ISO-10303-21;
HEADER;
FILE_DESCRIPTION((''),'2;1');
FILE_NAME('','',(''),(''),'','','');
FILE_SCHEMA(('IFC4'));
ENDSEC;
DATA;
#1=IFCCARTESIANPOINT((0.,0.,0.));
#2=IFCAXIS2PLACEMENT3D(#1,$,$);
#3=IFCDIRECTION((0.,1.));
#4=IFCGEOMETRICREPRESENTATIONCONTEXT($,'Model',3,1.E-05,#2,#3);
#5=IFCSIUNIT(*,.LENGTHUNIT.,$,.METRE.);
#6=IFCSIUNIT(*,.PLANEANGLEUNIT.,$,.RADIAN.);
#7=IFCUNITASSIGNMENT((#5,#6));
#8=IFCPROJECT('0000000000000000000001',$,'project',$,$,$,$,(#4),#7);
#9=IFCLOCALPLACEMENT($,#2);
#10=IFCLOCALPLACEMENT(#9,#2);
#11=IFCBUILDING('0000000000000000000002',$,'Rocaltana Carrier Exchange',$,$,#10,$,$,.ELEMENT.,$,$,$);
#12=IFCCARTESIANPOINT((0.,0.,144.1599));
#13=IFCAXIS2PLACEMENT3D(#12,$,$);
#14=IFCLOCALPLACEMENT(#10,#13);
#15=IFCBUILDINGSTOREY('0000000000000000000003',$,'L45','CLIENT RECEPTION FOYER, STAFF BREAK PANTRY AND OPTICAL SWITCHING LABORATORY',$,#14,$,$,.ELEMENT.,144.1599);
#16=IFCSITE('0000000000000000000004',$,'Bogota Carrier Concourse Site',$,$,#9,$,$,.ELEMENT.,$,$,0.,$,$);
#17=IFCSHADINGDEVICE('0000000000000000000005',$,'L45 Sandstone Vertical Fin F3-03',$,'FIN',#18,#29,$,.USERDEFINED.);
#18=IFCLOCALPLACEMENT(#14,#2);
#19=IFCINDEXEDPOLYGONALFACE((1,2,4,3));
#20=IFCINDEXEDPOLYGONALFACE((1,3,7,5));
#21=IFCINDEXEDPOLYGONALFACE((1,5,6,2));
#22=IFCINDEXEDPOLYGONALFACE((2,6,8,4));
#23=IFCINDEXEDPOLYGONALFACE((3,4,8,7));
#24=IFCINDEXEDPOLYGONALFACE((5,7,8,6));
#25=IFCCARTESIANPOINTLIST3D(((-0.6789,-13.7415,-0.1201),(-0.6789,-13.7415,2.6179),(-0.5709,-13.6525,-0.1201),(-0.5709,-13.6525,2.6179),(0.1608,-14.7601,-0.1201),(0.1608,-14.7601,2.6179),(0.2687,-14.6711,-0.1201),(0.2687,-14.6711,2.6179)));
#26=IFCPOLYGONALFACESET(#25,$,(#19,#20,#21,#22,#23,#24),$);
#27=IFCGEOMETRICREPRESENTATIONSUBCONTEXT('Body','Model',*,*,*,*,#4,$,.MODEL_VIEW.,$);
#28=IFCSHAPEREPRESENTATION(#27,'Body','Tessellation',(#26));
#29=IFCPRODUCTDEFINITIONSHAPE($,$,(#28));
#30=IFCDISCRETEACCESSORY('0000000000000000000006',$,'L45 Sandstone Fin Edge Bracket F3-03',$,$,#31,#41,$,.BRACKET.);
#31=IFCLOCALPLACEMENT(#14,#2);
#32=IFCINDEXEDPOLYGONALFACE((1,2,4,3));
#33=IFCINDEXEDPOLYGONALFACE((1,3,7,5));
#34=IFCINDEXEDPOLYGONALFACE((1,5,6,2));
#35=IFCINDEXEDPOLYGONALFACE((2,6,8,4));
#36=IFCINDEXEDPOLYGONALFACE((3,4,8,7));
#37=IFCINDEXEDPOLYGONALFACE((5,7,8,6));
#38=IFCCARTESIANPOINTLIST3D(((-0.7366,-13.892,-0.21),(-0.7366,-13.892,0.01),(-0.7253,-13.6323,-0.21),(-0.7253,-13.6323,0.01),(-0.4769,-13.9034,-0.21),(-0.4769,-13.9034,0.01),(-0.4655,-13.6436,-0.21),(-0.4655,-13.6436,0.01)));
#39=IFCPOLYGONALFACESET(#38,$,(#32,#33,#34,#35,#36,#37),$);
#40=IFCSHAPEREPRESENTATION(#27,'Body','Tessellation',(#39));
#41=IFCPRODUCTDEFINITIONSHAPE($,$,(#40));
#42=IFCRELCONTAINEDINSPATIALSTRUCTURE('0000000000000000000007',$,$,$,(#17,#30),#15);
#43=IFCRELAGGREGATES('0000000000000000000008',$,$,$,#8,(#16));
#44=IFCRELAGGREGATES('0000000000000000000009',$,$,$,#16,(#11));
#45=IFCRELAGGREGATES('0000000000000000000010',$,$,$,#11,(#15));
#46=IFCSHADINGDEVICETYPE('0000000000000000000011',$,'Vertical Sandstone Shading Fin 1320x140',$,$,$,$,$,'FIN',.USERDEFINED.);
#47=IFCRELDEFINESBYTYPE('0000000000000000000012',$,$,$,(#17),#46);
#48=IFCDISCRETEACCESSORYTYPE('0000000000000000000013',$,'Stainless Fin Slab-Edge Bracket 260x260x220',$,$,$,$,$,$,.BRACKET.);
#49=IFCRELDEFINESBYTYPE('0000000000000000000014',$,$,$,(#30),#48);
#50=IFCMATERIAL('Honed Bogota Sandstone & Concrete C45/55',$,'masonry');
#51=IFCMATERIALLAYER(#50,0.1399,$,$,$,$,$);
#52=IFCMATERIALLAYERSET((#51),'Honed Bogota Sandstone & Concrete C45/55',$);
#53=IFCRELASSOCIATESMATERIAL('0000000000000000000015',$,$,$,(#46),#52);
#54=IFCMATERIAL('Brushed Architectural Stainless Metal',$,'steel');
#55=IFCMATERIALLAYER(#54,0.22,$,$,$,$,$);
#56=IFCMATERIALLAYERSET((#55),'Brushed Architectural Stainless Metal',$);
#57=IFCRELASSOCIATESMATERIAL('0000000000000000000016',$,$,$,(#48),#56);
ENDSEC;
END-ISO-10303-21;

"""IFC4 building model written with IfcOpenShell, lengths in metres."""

from ifc_helpers import new_model, si_unit, direction, frame, origin, origin_2d, place, context, subcontext, project, spatial, rectangle, extrude, material, layer, layer_set, type_object, element, save


model = new_model("IFC4")

# Units and contexts
model_context = context("Model", 3, precision=1e-05, world=origin(), true_north=direction((0.0, 1.0)))
body_context = subcontext(model_context, "Body", "Model", "MODEL_VIEW")
ifc_project = project(units=[si_unit("LENGTHUNIT", "METRE"), si_unit("PLANEANGLEUNIT", "RADIAN")], contexts=[model_context])

# Site, building, storey
site_placement = place(None, origin())
site = spatial("IfcSite", under=ifc_project, at=site_placement, Name="Bogota Carrier Concourse Site", CompositionType="ELEMENT", RefElevation=0.0)
building_placement = place(site_placement, origin())
building = spatial("IfcBuilding", under=site, at=building_placement, Name="Rocaltana Carrier Exchange", CompositionType="ELEMENT")
storey_placement = place(building_placement, frame((0.0, 0.0, 144.1599)))
storey = spatial("IfcBuildingStorey", under=building, at=storey_placement, Name="L45", Description="CLIENT RECEPTION FOYER, STAFF BREAK PANTRY AND OPTICAL SWITCHING LABORATORY", CompositionType="ELEMENT", Elevation=144.1599)

# Shading device
ifc_material_1 = material(Name="Honed Bogota Sandstone & Concrete C45/55", Category="masonry")
ifc_layer_1 = layer(ifc_material_1, 0.1399)
ifc_layer_set_1 = layer_set([ifc_layer_1], Name="Honed Bogota Sandstone & Concrete C45/55")
shading_device_type = type_object("IfcShadingDeviceType", Name="Vertical Sandstone Shading Fin 1320x140", ElementType="FIN", PredefinedType="USERDEFINED", material=ifc_layer_set_1)
shading_device_placement = place(storey_placement, frame((-0.2051, -14.2063, -0.1201), z_axis=(0.0, 0.0, 1.0), x_axis=(0.636078, -0.771625, 0.0)))
element("IfcShadingDevice", 1, at=shading_device_placement, inside=storey, type_object=shading_device_type, Name="L45 Sandstone Vertical Fin F3-03", ObjectType="FIN", PredefinedType="USERDEFINED", context=body_context, shape_type="SweptSolid", body=[
    extrude(rectangle(XDim=1.3201, YDim=0.1399, at=origin_2d()), origin(), (0.0, 0.0, 1.0), 2.738),
])

# Discrete accessory
ifc_material_2 = material(Name="Brushed Architectural Stainless Metal", Category="steel")
ifc_layer_2 = layer(ifc_material_2, 0.22)
ifc_layer_set_2 = layer_set([ifc_layer_2], Name="Brushed Architectural Stainless Metal")
discrete_accessory_type = type_object("IfcDiscreteAccessoryType", Name="Stainless Fin Slab-Edge Bracket 260x260x220", PredefinedType="BRACKET", material=ifc_layer_set_2)
discrete_accessory_placement = place(storey_placement, frame((-0.6011, -13.7678, -0.21), z_axis=(0.0, 0.0, 1.0), x_axis=(0.999048, -0.043619, 0.0)))
element("IfcDiscreteAccessory", 2, at=discrete_accessory_placement, inside=storey, type_object=discrete_accessory_type, Name="L45 Sandstone Fin Edge Bracket F3-03", PredefinedType="BRACKET", context=body_context, shape_type="SweptSolid", body=[
    extrude(rectangle(XDim=0.26, YDim=0.26, at=origin_2d()), origin(), (0.0, 0.0, 1.0), 0.22),
])

save(model, "model.ifc")
